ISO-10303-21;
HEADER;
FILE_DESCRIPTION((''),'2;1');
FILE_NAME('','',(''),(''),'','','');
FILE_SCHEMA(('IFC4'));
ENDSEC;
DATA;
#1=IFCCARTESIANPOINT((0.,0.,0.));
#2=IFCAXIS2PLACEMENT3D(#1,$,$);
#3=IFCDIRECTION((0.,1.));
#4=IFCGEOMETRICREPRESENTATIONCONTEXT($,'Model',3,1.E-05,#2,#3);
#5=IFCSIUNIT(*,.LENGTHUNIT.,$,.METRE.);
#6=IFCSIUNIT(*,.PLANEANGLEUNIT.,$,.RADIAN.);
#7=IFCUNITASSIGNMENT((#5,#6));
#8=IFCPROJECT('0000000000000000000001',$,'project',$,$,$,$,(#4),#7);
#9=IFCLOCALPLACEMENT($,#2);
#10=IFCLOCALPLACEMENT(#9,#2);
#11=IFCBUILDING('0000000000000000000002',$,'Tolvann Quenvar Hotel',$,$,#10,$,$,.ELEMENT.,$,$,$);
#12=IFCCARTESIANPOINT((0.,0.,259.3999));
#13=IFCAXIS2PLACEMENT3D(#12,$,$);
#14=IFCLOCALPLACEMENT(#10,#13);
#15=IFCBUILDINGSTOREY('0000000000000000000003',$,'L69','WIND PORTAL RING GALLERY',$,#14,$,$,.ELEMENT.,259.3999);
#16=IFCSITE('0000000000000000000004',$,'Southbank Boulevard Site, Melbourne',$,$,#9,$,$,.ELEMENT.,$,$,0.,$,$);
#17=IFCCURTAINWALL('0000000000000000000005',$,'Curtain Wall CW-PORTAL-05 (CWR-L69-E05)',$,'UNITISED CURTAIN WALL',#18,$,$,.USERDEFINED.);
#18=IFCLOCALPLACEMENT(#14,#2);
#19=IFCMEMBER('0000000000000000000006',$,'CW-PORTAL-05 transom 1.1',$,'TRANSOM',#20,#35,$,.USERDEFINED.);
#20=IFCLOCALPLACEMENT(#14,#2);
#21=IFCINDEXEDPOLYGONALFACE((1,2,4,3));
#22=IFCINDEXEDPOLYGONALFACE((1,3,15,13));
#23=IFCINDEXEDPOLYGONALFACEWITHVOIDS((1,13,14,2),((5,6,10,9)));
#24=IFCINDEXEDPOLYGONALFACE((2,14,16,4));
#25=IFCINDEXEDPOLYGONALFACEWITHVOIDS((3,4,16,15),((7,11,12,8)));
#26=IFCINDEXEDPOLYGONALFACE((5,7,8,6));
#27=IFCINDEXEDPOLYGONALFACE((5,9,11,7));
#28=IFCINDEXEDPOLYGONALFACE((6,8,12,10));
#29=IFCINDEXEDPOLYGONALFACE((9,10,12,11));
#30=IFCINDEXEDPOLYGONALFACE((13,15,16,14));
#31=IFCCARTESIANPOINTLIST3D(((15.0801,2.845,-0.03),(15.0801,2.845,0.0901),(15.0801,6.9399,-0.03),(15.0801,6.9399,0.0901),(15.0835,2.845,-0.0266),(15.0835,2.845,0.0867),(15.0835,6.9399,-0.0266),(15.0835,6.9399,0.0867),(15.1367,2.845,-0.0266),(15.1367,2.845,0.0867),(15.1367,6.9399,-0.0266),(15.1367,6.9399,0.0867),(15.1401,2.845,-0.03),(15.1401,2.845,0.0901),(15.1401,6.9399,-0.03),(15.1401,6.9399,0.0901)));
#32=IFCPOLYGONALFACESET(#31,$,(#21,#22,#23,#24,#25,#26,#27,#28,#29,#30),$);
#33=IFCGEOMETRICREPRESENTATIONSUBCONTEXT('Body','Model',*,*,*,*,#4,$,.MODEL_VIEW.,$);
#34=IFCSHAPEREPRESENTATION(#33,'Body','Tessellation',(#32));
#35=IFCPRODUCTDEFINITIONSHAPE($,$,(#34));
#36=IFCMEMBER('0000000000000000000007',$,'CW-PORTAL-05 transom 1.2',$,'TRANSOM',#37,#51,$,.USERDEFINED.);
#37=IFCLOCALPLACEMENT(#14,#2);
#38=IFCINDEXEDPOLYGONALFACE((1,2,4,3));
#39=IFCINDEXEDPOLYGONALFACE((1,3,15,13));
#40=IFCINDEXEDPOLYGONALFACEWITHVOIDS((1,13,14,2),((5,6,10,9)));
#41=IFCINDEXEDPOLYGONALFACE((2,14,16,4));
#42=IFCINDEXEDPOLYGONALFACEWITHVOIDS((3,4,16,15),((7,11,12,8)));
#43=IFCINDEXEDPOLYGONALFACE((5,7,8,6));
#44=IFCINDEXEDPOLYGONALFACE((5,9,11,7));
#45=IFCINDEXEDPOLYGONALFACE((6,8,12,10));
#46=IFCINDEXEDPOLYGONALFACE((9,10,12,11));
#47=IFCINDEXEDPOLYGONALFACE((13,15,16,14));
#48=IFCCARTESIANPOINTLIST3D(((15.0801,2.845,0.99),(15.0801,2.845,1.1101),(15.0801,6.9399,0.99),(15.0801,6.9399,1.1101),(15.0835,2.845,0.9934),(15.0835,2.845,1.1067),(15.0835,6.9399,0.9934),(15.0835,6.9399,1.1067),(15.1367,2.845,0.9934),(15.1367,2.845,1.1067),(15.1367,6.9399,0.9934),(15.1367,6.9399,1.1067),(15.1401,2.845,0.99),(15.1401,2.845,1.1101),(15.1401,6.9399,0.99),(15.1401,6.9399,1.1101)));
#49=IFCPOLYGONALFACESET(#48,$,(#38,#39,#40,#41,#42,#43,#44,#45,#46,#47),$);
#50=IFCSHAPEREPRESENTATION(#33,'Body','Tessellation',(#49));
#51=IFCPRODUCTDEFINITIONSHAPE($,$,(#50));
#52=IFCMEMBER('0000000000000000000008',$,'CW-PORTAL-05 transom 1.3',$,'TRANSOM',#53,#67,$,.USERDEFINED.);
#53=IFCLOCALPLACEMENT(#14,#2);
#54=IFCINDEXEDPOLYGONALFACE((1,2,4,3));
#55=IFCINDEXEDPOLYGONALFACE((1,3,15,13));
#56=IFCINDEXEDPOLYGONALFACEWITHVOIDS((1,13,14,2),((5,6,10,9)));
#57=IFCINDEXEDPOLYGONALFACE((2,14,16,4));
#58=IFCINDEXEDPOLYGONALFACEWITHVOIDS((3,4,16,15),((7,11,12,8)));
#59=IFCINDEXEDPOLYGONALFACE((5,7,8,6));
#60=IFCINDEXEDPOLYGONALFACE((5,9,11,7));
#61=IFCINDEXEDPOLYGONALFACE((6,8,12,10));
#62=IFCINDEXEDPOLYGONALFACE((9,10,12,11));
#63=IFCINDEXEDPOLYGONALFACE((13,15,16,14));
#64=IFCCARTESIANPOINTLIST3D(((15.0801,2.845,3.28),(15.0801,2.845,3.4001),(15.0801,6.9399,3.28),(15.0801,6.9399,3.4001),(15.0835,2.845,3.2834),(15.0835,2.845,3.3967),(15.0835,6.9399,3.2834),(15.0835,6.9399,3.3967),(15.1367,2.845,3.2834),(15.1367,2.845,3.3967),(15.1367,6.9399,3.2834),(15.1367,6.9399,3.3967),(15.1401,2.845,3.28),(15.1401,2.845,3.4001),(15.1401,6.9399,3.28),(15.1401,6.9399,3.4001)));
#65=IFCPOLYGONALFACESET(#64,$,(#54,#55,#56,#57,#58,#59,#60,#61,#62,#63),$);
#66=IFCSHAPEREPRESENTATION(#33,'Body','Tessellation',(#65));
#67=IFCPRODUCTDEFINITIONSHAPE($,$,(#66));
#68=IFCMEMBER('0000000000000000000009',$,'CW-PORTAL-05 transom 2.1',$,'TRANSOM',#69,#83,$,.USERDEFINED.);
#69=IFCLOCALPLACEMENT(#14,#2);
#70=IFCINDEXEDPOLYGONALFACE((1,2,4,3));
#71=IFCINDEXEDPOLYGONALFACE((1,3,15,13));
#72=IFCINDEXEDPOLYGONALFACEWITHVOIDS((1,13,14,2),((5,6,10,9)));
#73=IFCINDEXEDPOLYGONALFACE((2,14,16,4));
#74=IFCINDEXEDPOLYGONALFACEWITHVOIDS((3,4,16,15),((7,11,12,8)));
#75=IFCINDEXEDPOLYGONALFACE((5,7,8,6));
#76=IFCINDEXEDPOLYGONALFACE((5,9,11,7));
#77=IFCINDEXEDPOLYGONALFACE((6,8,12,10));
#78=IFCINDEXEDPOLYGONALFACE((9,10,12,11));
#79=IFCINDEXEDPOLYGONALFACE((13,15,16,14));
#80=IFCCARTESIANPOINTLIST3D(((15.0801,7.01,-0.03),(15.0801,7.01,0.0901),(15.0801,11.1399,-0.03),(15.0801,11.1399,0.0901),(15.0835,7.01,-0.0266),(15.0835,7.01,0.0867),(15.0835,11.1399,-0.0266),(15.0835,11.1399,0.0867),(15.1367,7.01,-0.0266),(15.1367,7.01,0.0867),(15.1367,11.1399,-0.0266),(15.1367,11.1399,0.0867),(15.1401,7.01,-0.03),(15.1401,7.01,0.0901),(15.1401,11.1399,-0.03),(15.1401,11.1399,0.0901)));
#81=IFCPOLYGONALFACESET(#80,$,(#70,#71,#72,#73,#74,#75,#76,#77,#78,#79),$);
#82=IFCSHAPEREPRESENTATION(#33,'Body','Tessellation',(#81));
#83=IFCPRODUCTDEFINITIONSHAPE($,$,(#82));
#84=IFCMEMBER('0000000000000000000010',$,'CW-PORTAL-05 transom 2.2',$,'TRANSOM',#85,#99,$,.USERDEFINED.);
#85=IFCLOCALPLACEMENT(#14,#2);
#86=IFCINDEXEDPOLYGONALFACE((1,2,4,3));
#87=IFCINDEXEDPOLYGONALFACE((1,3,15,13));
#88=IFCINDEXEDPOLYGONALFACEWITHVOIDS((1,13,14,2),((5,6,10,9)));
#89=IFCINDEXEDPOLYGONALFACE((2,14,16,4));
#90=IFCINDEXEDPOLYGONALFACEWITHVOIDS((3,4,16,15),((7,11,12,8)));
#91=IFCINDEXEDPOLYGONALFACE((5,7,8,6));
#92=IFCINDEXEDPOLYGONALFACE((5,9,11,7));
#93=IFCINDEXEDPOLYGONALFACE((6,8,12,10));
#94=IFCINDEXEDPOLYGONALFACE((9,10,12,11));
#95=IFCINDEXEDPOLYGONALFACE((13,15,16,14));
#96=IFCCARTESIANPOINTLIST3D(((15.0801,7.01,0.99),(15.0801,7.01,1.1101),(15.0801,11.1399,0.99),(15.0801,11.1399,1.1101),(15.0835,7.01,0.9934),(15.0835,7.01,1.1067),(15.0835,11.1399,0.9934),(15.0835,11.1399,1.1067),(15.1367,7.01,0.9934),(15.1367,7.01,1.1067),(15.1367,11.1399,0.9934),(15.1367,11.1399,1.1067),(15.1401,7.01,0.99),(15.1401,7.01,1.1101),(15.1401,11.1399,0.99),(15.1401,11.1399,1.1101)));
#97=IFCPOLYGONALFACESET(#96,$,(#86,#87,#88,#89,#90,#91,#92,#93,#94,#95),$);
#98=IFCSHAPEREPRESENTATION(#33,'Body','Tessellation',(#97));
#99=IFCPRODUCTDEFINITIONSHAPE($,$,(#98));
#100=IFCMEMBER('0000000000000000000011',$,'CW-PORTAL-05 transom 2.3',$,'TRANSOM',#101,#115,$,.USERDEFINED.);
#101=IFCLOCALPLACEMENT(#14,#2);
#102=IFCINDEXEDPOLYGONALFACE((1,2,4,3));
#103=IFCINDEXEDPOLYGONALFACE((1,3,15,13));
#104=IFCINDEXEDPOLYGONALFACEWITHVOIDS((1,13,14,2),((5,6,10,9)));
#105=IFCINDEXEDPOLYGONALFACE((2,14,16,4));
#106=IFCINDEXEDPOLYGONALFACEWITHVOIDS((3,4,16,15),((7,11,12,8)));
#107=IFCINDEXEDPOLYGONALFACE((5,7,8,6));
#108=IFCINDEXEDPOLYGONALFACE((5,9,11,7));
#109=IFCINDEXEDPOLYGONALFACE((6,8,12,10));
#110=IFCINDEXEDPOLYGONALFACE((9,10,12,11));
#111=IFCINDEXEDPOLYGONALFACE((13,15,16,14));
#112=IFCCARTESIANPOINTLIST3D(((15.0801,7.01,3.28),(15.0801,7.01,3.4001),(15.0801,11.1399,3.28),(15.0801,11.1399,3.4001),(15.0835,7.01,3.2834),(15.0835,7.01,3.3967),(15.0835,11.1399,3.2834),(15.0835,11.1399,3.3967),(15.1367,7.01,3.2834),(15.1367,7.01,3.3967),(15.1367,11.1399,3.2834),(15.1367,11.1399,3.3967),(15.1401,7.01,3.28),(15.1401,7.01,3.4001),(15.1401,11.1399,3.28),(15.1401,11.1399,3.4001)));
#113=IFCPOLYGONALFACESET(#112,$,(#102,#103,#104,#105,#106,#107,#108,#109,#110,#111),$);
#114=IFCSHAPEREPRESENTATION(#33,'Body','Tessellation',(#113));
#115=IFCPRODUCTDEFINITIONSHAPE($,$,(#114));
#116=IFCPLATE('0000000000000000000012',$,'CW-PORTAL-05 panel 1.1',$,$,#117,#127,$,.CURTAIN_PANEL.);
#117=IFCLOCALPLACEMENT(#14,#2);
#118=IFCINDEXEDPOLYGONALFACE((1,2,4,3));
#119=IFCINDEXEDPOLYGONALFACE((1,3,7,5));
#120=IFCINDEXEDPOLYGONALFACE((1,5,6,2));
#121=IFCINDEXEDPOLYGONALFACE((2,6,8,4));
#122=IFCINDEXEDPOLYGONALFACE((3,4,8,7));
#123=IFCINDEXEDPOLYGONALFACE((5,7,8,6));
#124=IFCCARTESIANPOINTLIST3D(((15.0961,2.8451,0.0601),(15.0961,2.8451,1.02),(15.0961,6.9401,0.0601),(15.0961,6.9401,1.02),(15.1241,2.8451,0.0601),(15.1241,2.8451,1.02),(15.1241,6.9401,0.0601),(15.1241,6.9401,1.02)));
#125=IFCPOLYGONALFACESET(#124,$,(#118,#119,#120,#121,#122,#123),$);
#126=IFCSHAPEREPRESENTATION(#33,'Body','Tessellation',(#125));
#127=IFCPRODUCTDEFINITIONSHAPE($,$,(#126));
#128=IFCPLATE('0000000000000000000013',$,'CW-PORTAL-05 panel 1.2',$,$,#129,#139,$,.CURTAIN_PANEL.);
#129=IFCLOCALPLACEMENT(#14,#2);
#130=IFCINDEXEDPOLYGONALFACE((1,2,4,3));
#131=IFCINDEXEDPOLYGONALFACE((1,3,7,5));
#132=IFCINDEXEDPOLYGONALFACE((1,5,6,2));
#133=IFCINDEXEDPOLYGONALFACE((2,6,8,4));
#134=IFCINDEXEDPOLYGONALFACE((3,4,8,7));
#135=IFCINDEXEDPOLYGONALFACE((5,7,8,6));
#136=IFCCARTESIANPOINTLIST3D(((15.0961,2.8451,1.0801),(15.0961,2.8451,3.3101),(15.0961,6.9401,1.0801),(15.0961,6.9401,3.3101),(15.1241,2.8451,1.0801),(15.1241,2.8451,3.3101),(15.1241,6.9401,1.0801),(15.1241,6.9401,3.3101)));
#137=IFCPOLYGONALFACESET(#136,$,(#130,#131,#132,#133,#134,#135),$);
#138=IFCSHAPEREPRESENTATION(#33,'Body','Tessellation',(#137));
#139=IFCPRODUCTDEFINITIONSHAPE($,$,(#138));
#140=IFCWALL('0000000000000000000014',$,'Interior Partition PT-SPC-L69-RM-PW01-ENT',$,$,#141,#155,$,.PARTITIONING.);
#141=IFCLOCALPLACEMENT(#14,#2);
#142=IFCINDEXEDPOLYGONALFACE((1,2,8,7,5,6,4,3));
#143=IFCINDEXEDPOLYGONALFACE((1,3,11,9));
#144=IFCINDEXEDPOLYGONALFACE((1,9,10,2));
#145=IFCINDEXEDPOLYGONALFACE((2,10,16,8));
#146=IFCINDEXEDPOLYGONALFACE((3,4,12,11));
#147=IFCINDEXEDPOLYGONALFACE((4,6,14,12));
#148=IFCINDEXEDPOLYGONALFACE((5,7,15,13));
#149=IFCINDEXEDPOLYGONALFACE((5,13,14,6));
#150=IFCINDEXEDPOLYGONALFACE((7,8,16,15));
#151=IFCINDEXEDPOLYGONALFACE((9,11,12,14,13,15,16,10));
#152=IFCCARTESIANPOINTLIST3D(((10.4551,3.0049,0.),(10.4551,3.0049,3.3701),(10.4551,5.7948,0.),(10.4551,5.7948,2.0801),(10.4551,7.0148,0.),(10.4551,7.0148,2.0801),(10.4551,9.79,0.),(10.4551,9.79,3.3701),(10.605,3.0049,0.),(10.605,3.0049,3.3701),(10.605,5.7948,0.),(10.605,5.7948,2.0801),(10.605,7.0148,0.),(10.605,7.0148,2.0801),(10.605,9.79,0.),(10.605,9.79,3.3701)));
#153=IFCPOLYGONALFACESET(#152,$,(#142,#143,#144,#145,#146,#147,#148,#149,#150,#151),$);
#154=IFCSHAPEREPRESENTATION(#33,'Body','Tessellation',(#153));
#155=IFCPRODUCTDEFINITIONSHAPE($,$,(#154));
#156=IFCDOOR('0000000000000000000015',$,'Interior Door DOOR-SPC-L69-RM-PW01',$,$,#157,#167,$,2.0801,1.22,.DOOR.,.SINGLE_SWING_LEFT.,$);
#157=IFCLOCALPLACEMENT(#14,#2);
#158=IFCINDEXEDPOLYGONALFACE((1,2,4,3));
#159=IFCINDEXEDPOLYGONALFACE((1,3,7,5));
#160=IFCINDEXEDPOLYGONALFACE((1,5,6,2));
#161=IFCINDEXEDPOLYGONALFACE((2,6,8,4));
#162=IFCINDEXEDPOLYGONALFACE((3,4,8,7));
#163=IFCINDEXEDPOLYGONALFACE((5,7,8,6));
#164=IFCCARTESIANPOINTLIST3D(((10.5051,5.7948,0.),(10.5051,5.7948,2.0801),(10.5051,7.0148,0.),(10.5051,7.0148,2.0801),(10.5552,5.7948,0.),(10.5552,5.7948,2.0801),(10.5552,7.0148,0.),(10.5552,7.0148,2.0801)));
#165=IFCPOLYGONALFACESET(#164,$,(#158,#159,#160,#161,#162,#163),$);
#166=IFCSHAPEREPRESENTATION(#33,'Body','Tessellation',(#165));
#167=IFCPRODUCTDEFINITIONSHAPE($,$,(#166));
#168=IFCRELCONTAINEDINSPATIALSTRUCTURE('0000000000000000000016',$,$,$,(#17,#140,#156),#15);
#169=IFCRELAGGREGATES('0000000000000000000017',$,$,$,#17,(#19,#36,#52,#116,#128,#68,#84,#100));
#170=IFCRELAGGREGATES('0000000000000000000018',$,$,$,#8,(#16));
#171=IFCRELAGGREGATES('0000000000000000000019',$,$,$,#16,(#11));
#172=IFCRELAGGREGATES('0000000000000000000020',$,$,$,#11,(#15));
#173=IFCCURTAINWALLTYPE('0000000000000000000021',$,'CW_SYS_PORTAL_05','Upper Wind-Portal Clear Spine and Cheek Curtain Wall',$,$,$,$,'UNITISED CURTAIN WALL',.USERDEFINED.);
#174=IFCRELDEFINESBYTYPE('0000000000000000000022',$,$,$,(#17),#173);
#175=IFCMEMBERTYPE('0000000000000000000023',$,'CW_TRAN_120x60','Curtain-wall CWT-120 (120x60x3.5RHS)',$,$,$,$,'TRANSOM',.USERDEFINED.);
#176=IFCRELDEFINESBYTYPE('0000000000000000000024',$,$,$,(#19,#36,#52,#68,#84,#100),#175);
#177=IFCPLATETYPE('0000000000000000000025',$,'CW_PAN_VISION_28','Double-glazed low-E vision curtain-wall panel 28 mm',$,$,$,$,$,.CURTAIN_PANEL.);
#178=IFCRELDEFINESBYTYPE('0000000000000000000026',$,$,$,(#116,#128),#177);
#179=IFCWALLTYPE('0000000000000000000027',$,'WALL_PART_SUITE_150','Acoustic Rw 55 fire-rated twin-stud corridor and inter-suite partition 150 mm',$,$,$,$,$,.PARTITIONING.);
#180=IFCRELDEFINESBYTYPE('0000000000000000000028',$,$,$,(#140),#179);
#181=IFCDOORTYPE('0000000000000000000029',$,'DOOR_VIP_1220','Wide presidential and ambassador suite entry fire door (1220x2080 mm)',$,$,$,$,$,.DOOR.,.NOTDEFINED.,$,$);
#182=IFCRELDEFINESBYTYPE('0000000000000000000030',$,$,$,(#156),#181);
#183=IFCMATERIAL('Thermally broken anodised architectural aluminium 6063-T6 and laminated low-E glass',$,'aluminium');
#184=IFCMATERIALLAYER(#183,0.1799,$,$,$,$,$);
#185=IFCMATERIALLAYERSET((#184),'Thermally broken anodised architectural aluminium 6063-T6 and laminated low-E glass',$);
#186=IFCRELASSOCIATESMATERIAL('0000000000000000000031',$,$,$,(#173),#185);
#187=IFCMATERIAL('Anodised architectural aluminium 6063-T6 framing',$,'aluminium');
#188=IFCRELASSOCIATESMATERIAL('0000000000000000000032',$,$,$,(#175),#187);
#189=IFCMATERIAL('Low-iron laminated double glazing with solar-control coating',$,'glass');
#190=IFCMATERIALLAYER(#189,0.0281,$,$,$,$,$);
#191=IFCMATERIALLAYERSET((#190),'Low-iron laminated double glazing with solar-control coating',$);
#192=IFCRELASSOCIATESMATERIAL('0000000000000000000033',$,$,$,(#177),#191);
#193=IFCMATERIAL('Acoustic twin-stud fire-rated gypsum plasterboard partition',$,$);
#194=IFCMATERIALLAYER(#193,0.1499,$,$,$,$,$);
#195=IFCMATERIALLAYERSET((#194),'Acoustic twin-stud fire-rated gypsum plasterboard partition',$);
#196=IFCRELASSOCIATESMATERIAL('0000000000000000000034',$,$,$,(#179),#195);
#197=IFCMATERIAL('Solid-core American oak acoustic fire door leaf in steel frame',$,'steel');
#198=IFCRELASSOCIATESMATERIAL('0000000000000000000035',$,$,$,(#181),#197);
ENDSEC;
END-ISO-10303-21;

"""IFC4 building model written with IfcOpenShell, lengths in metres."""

from ifc_helpers import new_model, si_unit, direction, frame, frame_2d, origin, origin_2d, place, context, subcontext, project, spatial, rectangle, hollow_rectangle, extrude, source, transform, mapped, material, layer, layer_set, material_profile, profile_set, type_object, type_shapes, element, fill, aggregate, save


model = new_model("IFC4")

# Units and contexts
model_context = context("Model", 3, precision=1e-05, world=origin(), true_north=direction((0.0, 1.0)))
body_context = subcontext(model_context, "Body", "Model", "MODEL_VIEW")
ifc_project = project(units=[si_unit("LENGTHUNIT", "METRE"), si_unit("PLANEANGLEUNIT", "RADIAN")], contexts=[model_context])

# Site, building, storey
site_placement = place(None, origin())
site = spatial("IfcSite", under=ifc_project, at=site_placement, Name="Southbank Boulevard Site, Melbourne", CompositionType="ELEMENT", RefElevation=0.0)
building_placement = place(site_placement, origin())
building = spatial("IfcBuilding", under=site, at=building_placement, Name="Tolvann Quenvar Hotel", CompositionType="ELEMENT")
storey_placement = place(building_placement, frame((0.0, 0.0, 259.3999)))
storey = spatial("IfcBuildingStorey", under=building, at=storey_placement, Name="L69", Description="WIND PORTAL RING GALLERY", CompositionType="ELEMENT", Elevation=259.3999)

# Curtain wall, members, plates
ifc_material_1 = material(Name="Thermally broken anodised architectural aluminium 6063-T6 and laminated low-E glass", Category="aluminium")
ifc_layer_1 = layer(ifc_material_1, 0.1799)
ifc_layer_set_1 = layer_set([ifc_layer_1], Name="Thermally broken anodised architectural aluminium 6063-T6 and laminated low-E glass")
curtain_wall_type = type_object("IfcCurtainWallType", Name="CW_SYS_PORTAL_05", Description="Upper Wind-Portal Clear Spine and Cheek Curtain Wall", ElementType="UNITISED CURTAIN WALL", PredefinedType="USERDEFINED", material=ifc_layer_set_1)
curtain_wall_placement = place(storey_placement, origin())
curtain_wall = element("IfcCurtainWall", 1, at=curtain_wall_placement, inside=storey, type_object=curtain_wall_type, Name="Curtain Wall CW-PORTAL-05 (CWR-L69-E05)", ObjectType="UNITISED CURTAIN WALL", PredefinedType="USERDEFINED")
ifc_material_2 = material(Name="Anodised architectural aluminium 6063-T6 framing", Category="aluminium")
ifc_material_profile_1 = material_profile(ifc_material_2, hollow_rectangle(XDim=0.0601, YDim=0.1201, WallThickness=0.0034, at=origin_2d()), Name="120x60x3.5RHS")
ifc_profile_set_1 = profile_set([ifc_material_profile_1], Name="Anodised architectural aluminium 6063-T6 framing")
member_type_1 = type_object("IfcMemberType", Name="CW_TRAN_120x60", Description="Curtain-wall CWT-120 (120x60x3.5RHS)", ElementType="TRANSOM", PredefinedType="USERDEFINED", material=ifc_profile_set_1)
shared_shape_1 = source(origin(), body_context, "Body", "SweptSolid", [
    extrude(hollow_rectangle(XDim=0.0601, YDim=0.1201, WallThickness=0.0034, at=origin_2d()), origin(), (0.0, 0.0, 1.0), 4.095),
])
member_1_placement = place(storey_placement, frame((15.1101, 2.845, 0.03), z_axis=(0.0, 1.0, 0.0), x_axis=(-1.0, 0.0, 0.0)))
member_1 = element("IfcMember", 2, at=member_1_placement, type_object=member_type_1, Name="CW-PORTAL-05 transom 1.1", ObjectType="TRANSOM", PredefinedType="USERDEFINED", context=body_context, shape_type="MappedRepresentation", body=[
    mapped(shared_shape_1, transform((0.0, 0.0, 0.0), x_axis=(1.0, 0.0, 0.0), y_axis=(0.0, 1.0, 0.0), z_axis=(0.0, 0.0, 1.0), scale=1.0)),
])
member_2_placement = place(storey_placement, frame((15.1101, 2.845, 1.05), z_axis=(0.0, 1.0, 0.0), x_axis=(-1.0, 0.0, 0.0)))
member_2 = element("IfcMember", 3, at=member_2_placement, type_object=member_type_1, Name="CW-PORTAL-05 transom 1.2", ObjectType="TRANSOM", PredefinedType="USERDEFINED", context=body_context, shape_type="MappedRepresentation", body=[
    mapped(shared_shape_1, transform((0.0, 0.0, 0.0), x_axis=(1.0, 0.0, 0.0), y_axis=(0.0, 1.0, 0.0), z_axis=(0.0, 0.0, 1.0), scale=1.0)),
])
member_3_placement = place(storey_placement, frame((15.1101, 2.845, 3.3401), z_axis=(0.0, 1.0, 0.0), x_axis=(-1.0, 0.0, 0.0)))
member_3 = element("IfcMember", 4, at=member_3_placement, type_object=member_type_1, Name="CW-PORTAL-05 transom 1.3", ObjectType="TRANSOM", PredefinedType="USERDEFINED", context=body_context, shape_type="MappedRepresentation", body=[
    mapped(shared_shape_1, transform((0.0, 0.0, 0.0), x_axis=(1.0, 0.0, 0.0), y_axis=(0.0, 1.0, 0.0), z_axis=(0.0, 0.0, 1.0), scale=1.0)),
])
shared_shape_2 = source(origin(), body_context, "Body", "SweptSolid", [
    extrude(hollow_rectangle(XDim=0.0601, YDim=0.1201, WallThickness=0.0034, at=origin_2d()), origin(), (0.0, 0.0, 1.0), 4.1299),
])
type_shapes(member_type_1, [shared_shape_1, shared_shape_2])
member_4_placement = place(storey_placement, frame((15.1101, 7.01, 0.03), z_axis=(0.0, 1.0, 0.0), x_axis=(-1.0, 0.0, 0.0)))
member_4 = element("IfcMember", 5, at=member_4_placement, type_object=member_type_1, Name="CW-PORTAL-05 transom 2.1", ObjectType="TRANSOM", PredefinedType="USERDEFINED", context=body_context, shape_type="MappedRepresentation", body=[
    mapped(shared_shape_2, transform((0.0, 0.0, 0.0), x_axis=(1.0, 0.0, 0.0), y_axis=(0.0, 1.0, 0.0), z_axis=(0.0, 0.0, 1.0), scale=1.0)),
])
member_5_placement = place(storey_placement, frame((15.1101, 7.01, 1.05), z_axis=(0.0, 1.0, 0.0), x_axis=(-1.0, 0.0, 0.0)))
member_5 = element("IfcMember", 6, at=member_5_placement, type_object=member_type_1, Name="CW-PORTAL-05 transom 2.2", ObjectType="TRANSOM", PredefinedType="USERDEFINED", context=body_context, shape_type="MappedRepresentation", body=[
    mapped(shared_shape_2, transform((0.0, 0.0, 0.0), x_axis=(1.0, 0.0, 0.0), y_axis=(0.0, 1.0, 0.0), z_axis=(0.0, 0.0, 1.0), scale=1.0)),
])
member_6_placement = place(storey_placement, frame((15.1101, 7.01, 3.3401), z_axis=(0.0, 1.0, 0.0), x_axis=(-1.0, 0.0, 0.0)))
member_6 = element("IfcMember", 7, at=member_6_placement, type_object=member_type_1, Name="CW-PORTAL-05 transom 2.3", ObjectType="TRANSOM", PredefinedType="USERDEFINED", context=body_context, shape_type="MappedRepresentation", body=[
    mapped(shared_shape_2, transform((0.0, 0.0, 0.0), x_axis=(1.0, 0.0, 0.0), y_axis=(0.0, 1.0, 0.0), z_axis=(0.0, 0.0, 1.0), scale=1.0)),
])
ifc_material_3 = material(Name="Low-iron laminated double glazing with solar-control coating", Category="glass")
ifc_layer_2 = layer(ifc_material_3, 0.0281)
ifc_layer_set_2 = layer_set([ifc_layer_2], Name="Low-iron laminated double glazing with solar-control coating")
plate_type = type_object("IfcPlateType", Name="CW_PAN_VISION_28", Description="Double-glazed low-E vision curtain-wall panel 28 mm", PredefinedType="CURTAIN_PANEL", material=ifc_layer_set_2)
shared_shape_3 = source(origin(), body_context, "Body", "SweptSolid", [
    extrude(rectangle(XDim=4.095, YDim=0.0281, at=origin_2d()), origin(), (0.0, 0.0, 1.0), 0.96),
])
plate_1_placement = place(storey_placement, frame((15.1101, 4.8926, 0.0601), z_axis=(0.0, 0.0, 1.0), x_axis=(0.0, 1.0, 0.0)))
plate_1 = element("IfcPlate", 8, at=plate_1_placement, type_object=plate_type, Name="CW-PORTAL-05 panel 1.1", PredefinedType="CURTAIN_PANEL", context=body_context, shape_type="MappedRepresentation", body=[
    mapped(shared_shape_3, transform((0.0, 0.0, 0.0), x_axis=(1.0, 0.0, 0.0), y_axis=(0.0, 1.0, 0.0), z_axis=(0.0, 0.0, 1.0), scale=1.0)),
])
shared_shape_4 = source(origin(), body_context, "Body", "SweptSolid", [
    extrude(rectangle(XDim=4.095, YDim=0.0281, at=origin_2d()), origin(), (0.0, 0.0, 1.0), 2.23),
])
type_shapes(plate_type, [shared_shape_3, shared_shape_4])
plate_2_placement = place(storey_placement, frame((15.1101, 4.8926, 1.0801), z_axis=(0.0, 0.0, 1.0), x_axis=(0.0, 1.0, 0.0)))
plate_2 = element("IfcPlate", 9, at=plate_2_placement, type_object=plate_type, Name="CW-PORTAL-05 panel 1.2", PredefinedType="CURTAIN_PANEL", context=body_context, shape_type="MappedRepresentation", body=[
    mapped(shared_shape_4, transform((0.0, 0.0, 0.0), x_axis=(1.0, 0.0, 0.0), y_axis=(0.0, 1.0, 0.0), z_axis=(0.0, 0.0, 1.0), scale=1.0)),
])
aggregate(curtain_wall, [member_1, member_2, member_3, plate_1, plate_2, member_4, member_5, member_6])

# Wall, opening, door
ifc_material_4 = material(Name="Acoustic twin-stud fire-rated gypsum plasterboard partition")
ifc_layer_3 = layer(ifc_material_4, 0.1499)
ifc_layer_set_3 = layer_set([ifc_layer_3], Name="Acoustic twin-stud fire-rated gypsum plasterboard partition")
wall_type = type_object("IfcWallType", Name="WALL_PART_SUITE_150", Description="Acoustic Rw 55 fire-rated twin-stud corridor and inter-suite partition 150 mm", PredefinedType="PARTITIONING", material=ifc_layer_set_3)
wall_1_placement = place(storey_placement, frame((10.53, 3.0049, 0.0), z_axis=(0.0, 0.0, 1.0), x_axis=(0.0, 1.0, 0.0)))
wall_1 = element("IfcWall", 10, at=wall_1_placement, inside=storey, type_object=wall_type, Name="Interior Partition PT-SPC-L69-RM-PW01-ENT", PredefinedType="PARTITIONING", context=body_context, shape_type="SweptSolid", body=[
    extrude(rectangle(XDim=6.7852, YDim=0.1499, at=frame_2d((3.3926, 0.0))), origin(), (0.0, 0.0, 1.0), 3.3701),
])
opening_1_placement = place(wall_1_placement, frame((2.79, 0.0, 0.0)))
opening_1 = element("IfcOpeningElement", 11, at=opening_1_placement, cuts=wall_1, PredefinedType="OPENING", context=body_context, shape_type="SweptSolid", body=[
    extrude(rectangle(XDim=1.22, YDim=2.0801, at=frame_2d((0.6099, 1.04))), frame((0.0, 0.085, 0.0), z_axis=(0.0, -1.0, 0.0), x_axis=(1.0, 0.0, 0.0)), (0.0, 0.0, 1.0), 0.1699),
])
ifc_material_5 = material(Name="Solid-core American oak acoustic fire door leaf in steel frame", Category="steel")
door_type_1 = type_object("IfcDoorType", Name="DOOR_VIP_1220", Description="Wide presidential and ambassador suite entry fire door (1220x2080 mm)", OperationType="NOTDEFINED", PredefinedType="DOOR", material=ifc_material_5)
shared_shape_5 = source(origin(), body_context, "Body", "SweptSolid", [
    extrude(rectangle(XDim=1.22, YDim=2.0801, at=frame_2d((0.6099, 1.04))), frame((0.0, 0.0249, 0.0), z_axis=(0.0, -1.0, 0.0), x_axis=(1.0, 0.0, 0.0)), (0.0, 0.0, 1.0), 0.05),
])
type_shapes(door_type_1, [shared_shape_5])
door_1_placement = place(opening_1_placement, origin())
door_1 = element("IfcDoor", 12, at=door_1_placement, inside=storey, type_object=door_type_1, Name="Interior Door DOOR-SPC-L69-RM-PW01", OperationType="SINGLE_SWING_LEFT", OverallHeight=2.0801, OverallWidth=1.22, PredefinedType="DOOR", context=body_context, shape_type="MappedRepresentation", body=[
    mapped(shared_shape_5, transform((0.0, 0.0, 0.0), x_axis=(1.0, 0.0, 0.0), y_axis=(0.0, 1.0, 0.0), z_axis=(0.0, 0.0, 1.0), scale=1.0)),
])
fill(opening_1, door_1)

save(model, "model.ifc")
